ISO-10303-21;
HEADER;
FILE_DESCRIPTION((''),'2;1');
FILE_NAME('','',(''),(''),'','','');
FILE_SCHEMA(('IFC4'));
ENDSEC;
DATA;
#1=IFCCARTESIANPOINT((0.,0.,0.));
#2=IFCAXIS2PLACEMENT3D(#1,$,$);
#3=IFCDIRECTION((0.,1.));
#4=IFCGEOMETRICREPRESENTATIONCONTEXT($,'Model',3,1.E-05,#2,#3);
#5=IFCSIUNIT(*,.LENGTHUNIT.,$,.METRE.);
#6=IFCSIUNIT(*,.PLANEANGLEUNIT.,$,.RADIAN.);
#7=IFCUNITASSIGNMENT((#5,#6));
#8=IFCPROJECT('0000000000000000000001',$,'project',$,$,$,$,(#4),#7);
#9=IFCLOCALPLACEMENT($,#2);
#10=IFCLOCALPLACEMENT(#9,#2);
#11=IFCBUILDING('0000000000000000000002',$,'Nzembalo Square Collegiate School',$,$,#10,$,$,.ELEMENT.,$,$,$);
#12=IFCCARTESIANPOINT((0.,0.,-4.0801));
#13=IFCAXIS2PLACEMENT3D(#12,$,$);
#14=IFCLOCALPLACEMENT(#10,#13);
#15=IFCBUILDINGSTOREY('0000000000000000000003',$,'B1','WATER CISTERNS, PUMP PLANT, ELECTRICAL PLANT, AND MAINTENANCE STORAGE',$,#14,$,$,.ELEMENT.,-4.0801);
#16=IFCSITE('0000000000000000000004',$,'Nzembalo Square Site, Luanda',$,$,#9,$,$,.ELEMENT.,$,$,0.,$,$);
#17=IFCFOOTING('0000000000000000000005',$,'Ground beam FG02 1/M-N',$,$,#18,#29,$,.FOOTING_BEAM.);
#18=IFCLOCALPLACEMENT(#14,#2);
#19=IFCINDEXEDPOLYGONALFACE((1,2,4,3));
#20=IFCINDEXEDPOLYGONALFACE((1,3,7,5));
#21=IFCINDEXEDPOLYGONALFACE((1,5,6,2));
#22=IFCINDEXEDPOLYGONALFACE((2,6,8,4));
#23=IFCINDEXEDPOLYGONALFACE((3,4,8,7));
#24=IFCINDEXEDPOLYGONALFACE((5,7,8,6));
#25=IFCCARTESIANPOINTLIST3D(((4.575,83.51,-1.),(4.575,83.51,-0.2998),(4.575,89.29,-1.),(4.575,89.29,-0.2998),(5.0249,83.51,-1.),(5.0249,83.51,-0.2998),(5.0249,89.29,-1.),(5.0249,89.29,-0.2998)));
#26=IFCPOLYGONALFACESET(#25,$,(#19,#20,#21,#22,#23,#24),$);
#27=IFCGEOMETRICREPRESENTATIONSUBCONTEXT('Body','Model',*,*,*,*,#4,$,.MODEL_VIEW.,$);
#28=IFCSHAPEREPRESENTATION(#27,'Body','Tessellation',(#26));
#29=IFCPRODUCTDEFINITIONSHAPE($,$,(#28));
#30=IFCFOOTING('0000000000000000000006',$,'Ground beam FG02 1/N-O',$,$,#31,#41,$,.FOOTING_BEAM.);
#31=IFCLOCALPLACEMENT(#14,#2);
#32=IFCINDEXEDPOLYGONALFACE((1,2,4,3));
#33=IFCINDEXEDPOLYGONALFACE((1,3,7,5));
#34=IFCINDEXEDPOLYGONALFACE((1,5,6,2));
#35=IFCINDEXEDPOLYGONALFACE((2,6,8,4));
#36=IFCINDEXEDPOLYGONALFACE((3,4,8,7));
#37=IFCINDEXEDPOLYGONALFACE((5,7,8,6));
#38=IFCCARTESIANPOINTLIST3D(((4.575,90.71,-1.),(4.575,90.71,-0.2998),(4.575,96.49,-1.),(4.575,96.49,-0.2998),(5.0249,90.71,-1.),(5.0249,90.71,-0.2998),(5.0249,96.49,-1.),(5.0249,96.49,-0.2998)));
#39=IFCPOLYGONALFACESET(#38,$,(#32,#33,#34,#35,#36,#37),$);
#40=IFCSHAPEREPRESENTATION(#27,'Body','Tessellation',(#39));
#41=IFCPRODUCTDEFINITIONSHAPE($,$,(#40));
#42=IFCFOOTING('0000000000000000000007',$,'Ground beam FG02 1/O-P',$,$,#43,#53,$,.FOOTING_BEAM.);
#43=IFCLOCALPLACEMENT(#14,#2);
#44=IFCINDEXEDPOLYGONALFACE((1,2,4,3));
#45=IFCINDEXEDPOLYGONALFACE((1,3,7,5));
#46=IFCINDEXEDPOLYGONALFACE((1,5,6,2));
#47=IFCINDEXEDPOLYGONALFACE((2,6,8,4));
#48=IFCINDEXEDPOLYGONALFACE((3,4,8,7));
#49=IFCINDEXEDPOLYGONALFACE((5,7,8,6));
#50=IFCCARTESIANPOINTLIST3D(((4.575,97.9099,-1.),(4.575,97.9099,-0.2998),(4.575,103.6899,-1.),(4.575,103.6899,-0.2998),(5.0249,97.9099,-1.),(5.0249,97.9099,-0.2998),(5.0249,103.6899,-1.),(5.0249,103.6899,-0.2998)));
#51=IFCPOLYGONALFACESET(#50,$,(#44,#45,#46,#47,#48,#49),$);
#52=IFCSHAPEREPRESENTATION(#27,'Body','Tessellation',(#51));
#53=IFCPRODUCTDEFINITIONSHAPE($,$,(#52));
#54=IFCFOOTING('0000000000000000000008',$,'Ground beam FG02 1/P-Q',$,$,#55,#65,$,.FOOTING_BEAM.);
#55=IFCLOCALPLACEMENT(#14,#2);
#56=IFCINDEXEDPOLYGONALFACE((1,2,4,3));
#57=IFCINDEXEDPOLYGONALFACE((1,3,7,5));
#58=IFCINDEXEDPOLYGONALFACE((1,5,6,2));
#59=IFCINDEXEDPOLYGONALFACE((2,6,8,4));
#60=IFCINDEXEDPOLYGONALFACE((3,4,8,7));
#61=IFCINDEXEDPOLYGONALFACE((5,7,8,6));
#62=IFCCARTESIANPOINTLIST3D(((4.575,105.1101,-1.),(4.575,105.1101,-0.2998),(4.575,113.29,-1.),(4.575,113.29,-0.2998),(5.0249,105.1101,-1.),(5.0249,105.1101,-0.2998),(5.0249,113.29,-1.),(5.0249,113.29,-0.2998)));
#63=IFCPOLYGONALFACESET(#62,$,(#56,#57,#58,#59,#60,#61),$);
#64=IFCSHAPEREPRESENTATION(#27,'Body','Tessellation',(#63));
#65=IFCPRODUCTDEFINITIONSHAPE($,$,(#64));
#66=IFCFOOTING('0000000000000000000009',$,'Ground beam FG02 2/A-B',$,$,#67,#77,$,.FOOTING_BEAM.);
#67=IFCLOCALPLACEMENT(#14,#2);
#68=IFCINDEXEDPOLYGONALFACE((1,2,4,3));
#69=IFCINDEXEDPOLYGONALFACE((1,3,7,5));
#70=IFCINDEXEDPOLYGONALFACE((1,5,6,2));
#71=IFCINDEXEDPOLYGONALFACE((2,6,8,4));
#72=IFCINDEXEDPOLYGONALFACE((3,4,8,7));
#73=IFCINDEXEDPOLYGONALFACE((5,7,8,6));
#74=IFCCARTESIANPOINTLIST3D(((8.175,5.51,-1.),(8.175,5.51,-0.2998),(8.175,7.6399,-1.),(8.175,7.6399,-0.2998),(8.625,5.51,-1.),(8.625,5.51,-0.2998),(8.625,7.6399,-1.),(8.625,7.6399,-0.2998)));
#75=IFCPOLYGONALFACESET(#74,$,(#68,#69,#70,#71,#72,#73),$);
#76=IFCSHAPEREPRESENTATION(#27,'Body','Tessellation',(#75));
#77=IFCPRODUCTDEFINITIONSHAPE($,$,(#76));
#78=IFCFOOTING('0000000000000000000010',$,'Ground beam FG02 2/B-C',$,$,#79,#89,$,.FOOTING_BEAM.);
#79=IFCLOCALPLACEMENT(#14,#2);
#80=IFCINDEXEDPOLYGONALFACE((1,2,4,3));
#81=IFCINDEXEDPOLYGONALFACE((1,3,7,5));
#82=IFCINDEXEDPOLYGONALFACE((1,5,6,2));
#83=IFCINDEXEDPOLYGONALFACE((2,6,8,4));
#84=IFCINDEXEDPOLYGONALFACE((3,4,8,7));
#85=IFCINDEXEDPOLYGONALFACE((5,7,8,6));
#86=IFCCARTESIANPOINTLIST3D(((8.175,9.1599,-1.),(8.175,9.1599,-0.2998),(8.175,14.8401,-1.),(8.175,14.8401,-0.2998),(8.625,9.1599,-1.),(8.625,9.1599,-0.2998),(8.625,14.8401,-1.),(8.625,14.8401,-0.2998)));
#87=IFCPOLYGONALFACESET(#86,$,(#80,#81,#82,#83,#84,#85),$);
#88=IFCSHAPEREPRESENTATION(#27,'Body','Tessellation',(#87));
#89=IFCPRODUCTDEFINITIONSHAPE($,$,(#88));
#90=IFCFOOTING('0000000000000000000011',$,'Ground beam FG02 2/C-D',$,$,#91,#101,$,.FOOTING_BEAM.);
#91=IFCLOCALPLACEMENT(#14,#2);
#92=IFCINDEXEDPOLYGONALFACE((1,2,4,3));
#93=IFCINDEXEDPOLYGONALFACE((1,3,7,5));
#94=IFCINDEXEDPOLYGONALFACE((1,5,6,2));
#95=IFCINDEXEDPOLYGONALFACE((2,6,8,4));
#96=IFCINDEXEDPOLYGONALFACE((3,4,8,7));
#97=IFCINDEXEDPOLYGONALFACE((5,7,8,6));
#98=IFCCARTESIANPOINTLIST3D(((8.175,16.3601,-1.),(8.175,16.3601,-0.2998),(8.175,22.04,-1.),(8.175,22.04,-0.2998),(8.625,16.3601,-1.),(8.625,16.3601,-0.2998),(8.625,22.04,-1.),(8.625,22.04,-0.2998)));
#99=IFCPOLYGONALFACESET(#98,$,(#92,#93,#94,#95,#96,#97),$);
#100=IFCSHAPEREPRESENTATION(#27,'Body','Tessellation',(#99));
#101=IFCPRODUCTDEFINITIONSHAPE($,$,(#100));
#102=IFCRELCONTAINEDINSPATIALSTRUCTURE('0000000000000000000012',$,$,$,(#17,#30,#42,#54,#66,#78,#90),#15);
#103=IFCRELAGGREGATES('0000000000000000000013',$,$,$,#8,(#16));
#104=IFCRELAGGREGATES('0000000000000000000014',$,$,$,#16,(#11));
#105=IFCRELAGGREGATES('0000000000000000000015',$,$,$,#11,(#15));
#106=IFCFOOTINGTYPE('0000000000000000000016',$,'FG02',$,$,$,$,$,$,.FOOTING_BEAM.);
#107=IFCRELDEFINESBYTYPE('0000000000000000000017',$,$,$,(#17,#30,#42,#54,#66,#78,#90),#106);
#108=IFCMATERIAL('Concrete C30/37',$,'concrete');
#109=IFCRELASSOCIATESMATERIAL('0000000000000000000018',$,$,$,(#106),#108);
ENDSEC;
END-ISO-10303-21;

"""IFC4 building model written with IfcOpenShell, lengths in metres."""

from ifc_helpers import new_model, si_unit, direction, frame, origin, place, context, subcontext, project, spatial, polyline, outline, extrude, material, type_object, element, save


model = new_model("IFC4")

# Units and contexts
model_context = context("Model", 3, precision=1e-05, world=origin(), true_north=direction((0.0, 1.0)))
body_context = subcontext(model_context, "Body", "Model", "MODEL_VIEW")
ifc_project = project(units=[si_unit("LENGTHUNIT", "METRE"), si_unit("PLANEANGLEUNIT", "RADIAN")], contexts=[model_context])

# Site, building, storey
site_placement = place(None, origin())
site = spatial("IfcSite", under=ifc_project, at=site_placement, Name="Nzembalo Square Site, Luanda", CompositionType="ELEMENT", RefElevation=0.0)
building_placement = place(site_placement, origin())
building = spatial("IfcBuilding", under=site, at=building_placement, Name="Nzembalo Square Collegiate School", CompositionType="ELEMENT")
storey_placement = place(building_placement, frame((0.0, 0.0, -4.0801)))
storey = spatial("IfcBuildingStorey", under=building, at=storey_placement, Name="B1", Description="WATER CISTERNS, PUMP PLANT, ELECTRICAL PLANT, AND MAINTENANCE STORAGE", CompositionType="ELEMENT", Elevation=-4.0801)

# Footings
ifc_material_1 = material(Name="Concrete C30/37", Category="concrete")
footing_type_1 = type_object("IfcFootingType", Name="FG02", PredefinedType="FOOTING_BEAM", material=ifc_material_1)
footing_1_placement = place(storey_placement, frame((0.0, 0.0, -1.0)))
element("IfcFooting", 1, at=footing_1_placement, inside=storey, type_object=footing_type_1, Name="Ground beam FG02 1/M-N", PredefinedType="FOOTING_BEAM", context=body_context, shape_type="SweptSolid", body=[
    extrude(outline(polyline([(4.575, 83.51), (5.0249, 83.51), (5.0249, 89.29), (4.575, 89.29), (4.575, 83.51)])), origin(), (0.0, 0.0, 1.0), 0.7002),
])
footing_2_placement = place(storey_placement, frame((0.0, 0.0, -1.0)))
element("IfcFooting", 2, at=footing_2_placement, inside=storey, type_object=footing_type_1, Name="Ground beam FG02 1/N-O", PredefinedType="FOOTING_BEAM", context=body_context, shape_type="SweptSolid", body=[
    extrude(outline(polyline([(4.575, 90.71), (5.0249, 90.71), (5.0249, 96.49), (4.575, 96.49), (4.575, 90.71)])), origin(), (0.0, 0.0, 1.0), 0.7002),
])
footing_3_placement = place(storey_placement, frame((0.0, 0.0, -1.0)))
element("IfcFooting", 3, at=footing_3_placement, inside=storey, type_object=footing_type_1, Name="Ground beam FG02 1/O-P", PredefinedType="FOOTING_BEAM", context=body_context, shape_type="SweptSolid", body=[
    extrude(outline(polyline([(4.575, 97.9099), (5.0249, 97.9099), (5.0249, 103.6899), (4.575, 103.6899), (4.575, 97.9099)])), origin(), (0.0, 0.0, 1.0), 0.7002),
])
footing_4_placement = place(storey_placement, frame((0.0, 0.0, -1.0)))
element("IfcFooting", 4, at=footing_4_placement, inside=storey, type_object=footing_type_1, Name="Ground beam FG02 1/P-Q", PredefinedType="FOOTING_BEAM", context=body_context, shape_type="SweptSolid", body=[
    extrude(outline(polyline([(4.575, 105.1101), (5.0249, 105.1101), (5.0249, 113.29), (4.575, 113.29), (4.575, 105.1101)])), origin(), (0.0, 0.0, 1.0), 0.7002),
])
footing_5_placement = place(storey_placement, frame((0.0, 0.0, -1.0)))
element("IfcFooting", 5, at=footing_5_placement, inside=storey, type_object=footing_type_1, Name="Ground beam FG02 2/A-B", PredefinedType="FOOTING_BEAM", context=body_context, shape_type="SweptSolid", body=[
    extrude(outline(polyline([(8.175, 5.51), (8.625, 5.51), (8.625, 7.6399), (8.175, 7.6399), (8.175, 5.51)])), origin(), (0.0, 0.0, 1.0), 0.7002),
])
footing_6_placement = place(storey_placement, frame((0.0, 0.0, -1.0)))
element("IfcFooting", 6, at=footing_6_placement, inside=storey, type_object=footing_type_1, Name="Ground beam FG02 2/B-C", PredefinedType="FOOTING_BEAM", context=body_context, shape_type="SweptSolid", body=[
    extrude(outline(polyline([(8.175, 9.1599), (8.625, 9.1599), (8.625, 14.8401), (8.175, 14.8401), (8.175, 9.1599)])), origin(), (0.0, 0.0, 1.0), 0.7002),
])
footing_7_placement = place(storey_placement, frame((0.0, 0.0, -1.0)))
element("IfcFooting", 7, at=footing_7_placement, inside=storey, type_object=footing_type_1, Name="Ground beam FG02 2/C-D", PredefinedType="FOOTING_BEAM", context=body_context, shape_type="SweptSolid", body=[
    extrude(outline(polyline([(8.175, 16.3601), (8.625, 16.3601), (8.625, 22.04), (8.175, 22.04), (8.175, 16.3601)])), origin(), (0.0, 0.0, 1.0), 0.7002),
])

save(model, "model.ifc")
